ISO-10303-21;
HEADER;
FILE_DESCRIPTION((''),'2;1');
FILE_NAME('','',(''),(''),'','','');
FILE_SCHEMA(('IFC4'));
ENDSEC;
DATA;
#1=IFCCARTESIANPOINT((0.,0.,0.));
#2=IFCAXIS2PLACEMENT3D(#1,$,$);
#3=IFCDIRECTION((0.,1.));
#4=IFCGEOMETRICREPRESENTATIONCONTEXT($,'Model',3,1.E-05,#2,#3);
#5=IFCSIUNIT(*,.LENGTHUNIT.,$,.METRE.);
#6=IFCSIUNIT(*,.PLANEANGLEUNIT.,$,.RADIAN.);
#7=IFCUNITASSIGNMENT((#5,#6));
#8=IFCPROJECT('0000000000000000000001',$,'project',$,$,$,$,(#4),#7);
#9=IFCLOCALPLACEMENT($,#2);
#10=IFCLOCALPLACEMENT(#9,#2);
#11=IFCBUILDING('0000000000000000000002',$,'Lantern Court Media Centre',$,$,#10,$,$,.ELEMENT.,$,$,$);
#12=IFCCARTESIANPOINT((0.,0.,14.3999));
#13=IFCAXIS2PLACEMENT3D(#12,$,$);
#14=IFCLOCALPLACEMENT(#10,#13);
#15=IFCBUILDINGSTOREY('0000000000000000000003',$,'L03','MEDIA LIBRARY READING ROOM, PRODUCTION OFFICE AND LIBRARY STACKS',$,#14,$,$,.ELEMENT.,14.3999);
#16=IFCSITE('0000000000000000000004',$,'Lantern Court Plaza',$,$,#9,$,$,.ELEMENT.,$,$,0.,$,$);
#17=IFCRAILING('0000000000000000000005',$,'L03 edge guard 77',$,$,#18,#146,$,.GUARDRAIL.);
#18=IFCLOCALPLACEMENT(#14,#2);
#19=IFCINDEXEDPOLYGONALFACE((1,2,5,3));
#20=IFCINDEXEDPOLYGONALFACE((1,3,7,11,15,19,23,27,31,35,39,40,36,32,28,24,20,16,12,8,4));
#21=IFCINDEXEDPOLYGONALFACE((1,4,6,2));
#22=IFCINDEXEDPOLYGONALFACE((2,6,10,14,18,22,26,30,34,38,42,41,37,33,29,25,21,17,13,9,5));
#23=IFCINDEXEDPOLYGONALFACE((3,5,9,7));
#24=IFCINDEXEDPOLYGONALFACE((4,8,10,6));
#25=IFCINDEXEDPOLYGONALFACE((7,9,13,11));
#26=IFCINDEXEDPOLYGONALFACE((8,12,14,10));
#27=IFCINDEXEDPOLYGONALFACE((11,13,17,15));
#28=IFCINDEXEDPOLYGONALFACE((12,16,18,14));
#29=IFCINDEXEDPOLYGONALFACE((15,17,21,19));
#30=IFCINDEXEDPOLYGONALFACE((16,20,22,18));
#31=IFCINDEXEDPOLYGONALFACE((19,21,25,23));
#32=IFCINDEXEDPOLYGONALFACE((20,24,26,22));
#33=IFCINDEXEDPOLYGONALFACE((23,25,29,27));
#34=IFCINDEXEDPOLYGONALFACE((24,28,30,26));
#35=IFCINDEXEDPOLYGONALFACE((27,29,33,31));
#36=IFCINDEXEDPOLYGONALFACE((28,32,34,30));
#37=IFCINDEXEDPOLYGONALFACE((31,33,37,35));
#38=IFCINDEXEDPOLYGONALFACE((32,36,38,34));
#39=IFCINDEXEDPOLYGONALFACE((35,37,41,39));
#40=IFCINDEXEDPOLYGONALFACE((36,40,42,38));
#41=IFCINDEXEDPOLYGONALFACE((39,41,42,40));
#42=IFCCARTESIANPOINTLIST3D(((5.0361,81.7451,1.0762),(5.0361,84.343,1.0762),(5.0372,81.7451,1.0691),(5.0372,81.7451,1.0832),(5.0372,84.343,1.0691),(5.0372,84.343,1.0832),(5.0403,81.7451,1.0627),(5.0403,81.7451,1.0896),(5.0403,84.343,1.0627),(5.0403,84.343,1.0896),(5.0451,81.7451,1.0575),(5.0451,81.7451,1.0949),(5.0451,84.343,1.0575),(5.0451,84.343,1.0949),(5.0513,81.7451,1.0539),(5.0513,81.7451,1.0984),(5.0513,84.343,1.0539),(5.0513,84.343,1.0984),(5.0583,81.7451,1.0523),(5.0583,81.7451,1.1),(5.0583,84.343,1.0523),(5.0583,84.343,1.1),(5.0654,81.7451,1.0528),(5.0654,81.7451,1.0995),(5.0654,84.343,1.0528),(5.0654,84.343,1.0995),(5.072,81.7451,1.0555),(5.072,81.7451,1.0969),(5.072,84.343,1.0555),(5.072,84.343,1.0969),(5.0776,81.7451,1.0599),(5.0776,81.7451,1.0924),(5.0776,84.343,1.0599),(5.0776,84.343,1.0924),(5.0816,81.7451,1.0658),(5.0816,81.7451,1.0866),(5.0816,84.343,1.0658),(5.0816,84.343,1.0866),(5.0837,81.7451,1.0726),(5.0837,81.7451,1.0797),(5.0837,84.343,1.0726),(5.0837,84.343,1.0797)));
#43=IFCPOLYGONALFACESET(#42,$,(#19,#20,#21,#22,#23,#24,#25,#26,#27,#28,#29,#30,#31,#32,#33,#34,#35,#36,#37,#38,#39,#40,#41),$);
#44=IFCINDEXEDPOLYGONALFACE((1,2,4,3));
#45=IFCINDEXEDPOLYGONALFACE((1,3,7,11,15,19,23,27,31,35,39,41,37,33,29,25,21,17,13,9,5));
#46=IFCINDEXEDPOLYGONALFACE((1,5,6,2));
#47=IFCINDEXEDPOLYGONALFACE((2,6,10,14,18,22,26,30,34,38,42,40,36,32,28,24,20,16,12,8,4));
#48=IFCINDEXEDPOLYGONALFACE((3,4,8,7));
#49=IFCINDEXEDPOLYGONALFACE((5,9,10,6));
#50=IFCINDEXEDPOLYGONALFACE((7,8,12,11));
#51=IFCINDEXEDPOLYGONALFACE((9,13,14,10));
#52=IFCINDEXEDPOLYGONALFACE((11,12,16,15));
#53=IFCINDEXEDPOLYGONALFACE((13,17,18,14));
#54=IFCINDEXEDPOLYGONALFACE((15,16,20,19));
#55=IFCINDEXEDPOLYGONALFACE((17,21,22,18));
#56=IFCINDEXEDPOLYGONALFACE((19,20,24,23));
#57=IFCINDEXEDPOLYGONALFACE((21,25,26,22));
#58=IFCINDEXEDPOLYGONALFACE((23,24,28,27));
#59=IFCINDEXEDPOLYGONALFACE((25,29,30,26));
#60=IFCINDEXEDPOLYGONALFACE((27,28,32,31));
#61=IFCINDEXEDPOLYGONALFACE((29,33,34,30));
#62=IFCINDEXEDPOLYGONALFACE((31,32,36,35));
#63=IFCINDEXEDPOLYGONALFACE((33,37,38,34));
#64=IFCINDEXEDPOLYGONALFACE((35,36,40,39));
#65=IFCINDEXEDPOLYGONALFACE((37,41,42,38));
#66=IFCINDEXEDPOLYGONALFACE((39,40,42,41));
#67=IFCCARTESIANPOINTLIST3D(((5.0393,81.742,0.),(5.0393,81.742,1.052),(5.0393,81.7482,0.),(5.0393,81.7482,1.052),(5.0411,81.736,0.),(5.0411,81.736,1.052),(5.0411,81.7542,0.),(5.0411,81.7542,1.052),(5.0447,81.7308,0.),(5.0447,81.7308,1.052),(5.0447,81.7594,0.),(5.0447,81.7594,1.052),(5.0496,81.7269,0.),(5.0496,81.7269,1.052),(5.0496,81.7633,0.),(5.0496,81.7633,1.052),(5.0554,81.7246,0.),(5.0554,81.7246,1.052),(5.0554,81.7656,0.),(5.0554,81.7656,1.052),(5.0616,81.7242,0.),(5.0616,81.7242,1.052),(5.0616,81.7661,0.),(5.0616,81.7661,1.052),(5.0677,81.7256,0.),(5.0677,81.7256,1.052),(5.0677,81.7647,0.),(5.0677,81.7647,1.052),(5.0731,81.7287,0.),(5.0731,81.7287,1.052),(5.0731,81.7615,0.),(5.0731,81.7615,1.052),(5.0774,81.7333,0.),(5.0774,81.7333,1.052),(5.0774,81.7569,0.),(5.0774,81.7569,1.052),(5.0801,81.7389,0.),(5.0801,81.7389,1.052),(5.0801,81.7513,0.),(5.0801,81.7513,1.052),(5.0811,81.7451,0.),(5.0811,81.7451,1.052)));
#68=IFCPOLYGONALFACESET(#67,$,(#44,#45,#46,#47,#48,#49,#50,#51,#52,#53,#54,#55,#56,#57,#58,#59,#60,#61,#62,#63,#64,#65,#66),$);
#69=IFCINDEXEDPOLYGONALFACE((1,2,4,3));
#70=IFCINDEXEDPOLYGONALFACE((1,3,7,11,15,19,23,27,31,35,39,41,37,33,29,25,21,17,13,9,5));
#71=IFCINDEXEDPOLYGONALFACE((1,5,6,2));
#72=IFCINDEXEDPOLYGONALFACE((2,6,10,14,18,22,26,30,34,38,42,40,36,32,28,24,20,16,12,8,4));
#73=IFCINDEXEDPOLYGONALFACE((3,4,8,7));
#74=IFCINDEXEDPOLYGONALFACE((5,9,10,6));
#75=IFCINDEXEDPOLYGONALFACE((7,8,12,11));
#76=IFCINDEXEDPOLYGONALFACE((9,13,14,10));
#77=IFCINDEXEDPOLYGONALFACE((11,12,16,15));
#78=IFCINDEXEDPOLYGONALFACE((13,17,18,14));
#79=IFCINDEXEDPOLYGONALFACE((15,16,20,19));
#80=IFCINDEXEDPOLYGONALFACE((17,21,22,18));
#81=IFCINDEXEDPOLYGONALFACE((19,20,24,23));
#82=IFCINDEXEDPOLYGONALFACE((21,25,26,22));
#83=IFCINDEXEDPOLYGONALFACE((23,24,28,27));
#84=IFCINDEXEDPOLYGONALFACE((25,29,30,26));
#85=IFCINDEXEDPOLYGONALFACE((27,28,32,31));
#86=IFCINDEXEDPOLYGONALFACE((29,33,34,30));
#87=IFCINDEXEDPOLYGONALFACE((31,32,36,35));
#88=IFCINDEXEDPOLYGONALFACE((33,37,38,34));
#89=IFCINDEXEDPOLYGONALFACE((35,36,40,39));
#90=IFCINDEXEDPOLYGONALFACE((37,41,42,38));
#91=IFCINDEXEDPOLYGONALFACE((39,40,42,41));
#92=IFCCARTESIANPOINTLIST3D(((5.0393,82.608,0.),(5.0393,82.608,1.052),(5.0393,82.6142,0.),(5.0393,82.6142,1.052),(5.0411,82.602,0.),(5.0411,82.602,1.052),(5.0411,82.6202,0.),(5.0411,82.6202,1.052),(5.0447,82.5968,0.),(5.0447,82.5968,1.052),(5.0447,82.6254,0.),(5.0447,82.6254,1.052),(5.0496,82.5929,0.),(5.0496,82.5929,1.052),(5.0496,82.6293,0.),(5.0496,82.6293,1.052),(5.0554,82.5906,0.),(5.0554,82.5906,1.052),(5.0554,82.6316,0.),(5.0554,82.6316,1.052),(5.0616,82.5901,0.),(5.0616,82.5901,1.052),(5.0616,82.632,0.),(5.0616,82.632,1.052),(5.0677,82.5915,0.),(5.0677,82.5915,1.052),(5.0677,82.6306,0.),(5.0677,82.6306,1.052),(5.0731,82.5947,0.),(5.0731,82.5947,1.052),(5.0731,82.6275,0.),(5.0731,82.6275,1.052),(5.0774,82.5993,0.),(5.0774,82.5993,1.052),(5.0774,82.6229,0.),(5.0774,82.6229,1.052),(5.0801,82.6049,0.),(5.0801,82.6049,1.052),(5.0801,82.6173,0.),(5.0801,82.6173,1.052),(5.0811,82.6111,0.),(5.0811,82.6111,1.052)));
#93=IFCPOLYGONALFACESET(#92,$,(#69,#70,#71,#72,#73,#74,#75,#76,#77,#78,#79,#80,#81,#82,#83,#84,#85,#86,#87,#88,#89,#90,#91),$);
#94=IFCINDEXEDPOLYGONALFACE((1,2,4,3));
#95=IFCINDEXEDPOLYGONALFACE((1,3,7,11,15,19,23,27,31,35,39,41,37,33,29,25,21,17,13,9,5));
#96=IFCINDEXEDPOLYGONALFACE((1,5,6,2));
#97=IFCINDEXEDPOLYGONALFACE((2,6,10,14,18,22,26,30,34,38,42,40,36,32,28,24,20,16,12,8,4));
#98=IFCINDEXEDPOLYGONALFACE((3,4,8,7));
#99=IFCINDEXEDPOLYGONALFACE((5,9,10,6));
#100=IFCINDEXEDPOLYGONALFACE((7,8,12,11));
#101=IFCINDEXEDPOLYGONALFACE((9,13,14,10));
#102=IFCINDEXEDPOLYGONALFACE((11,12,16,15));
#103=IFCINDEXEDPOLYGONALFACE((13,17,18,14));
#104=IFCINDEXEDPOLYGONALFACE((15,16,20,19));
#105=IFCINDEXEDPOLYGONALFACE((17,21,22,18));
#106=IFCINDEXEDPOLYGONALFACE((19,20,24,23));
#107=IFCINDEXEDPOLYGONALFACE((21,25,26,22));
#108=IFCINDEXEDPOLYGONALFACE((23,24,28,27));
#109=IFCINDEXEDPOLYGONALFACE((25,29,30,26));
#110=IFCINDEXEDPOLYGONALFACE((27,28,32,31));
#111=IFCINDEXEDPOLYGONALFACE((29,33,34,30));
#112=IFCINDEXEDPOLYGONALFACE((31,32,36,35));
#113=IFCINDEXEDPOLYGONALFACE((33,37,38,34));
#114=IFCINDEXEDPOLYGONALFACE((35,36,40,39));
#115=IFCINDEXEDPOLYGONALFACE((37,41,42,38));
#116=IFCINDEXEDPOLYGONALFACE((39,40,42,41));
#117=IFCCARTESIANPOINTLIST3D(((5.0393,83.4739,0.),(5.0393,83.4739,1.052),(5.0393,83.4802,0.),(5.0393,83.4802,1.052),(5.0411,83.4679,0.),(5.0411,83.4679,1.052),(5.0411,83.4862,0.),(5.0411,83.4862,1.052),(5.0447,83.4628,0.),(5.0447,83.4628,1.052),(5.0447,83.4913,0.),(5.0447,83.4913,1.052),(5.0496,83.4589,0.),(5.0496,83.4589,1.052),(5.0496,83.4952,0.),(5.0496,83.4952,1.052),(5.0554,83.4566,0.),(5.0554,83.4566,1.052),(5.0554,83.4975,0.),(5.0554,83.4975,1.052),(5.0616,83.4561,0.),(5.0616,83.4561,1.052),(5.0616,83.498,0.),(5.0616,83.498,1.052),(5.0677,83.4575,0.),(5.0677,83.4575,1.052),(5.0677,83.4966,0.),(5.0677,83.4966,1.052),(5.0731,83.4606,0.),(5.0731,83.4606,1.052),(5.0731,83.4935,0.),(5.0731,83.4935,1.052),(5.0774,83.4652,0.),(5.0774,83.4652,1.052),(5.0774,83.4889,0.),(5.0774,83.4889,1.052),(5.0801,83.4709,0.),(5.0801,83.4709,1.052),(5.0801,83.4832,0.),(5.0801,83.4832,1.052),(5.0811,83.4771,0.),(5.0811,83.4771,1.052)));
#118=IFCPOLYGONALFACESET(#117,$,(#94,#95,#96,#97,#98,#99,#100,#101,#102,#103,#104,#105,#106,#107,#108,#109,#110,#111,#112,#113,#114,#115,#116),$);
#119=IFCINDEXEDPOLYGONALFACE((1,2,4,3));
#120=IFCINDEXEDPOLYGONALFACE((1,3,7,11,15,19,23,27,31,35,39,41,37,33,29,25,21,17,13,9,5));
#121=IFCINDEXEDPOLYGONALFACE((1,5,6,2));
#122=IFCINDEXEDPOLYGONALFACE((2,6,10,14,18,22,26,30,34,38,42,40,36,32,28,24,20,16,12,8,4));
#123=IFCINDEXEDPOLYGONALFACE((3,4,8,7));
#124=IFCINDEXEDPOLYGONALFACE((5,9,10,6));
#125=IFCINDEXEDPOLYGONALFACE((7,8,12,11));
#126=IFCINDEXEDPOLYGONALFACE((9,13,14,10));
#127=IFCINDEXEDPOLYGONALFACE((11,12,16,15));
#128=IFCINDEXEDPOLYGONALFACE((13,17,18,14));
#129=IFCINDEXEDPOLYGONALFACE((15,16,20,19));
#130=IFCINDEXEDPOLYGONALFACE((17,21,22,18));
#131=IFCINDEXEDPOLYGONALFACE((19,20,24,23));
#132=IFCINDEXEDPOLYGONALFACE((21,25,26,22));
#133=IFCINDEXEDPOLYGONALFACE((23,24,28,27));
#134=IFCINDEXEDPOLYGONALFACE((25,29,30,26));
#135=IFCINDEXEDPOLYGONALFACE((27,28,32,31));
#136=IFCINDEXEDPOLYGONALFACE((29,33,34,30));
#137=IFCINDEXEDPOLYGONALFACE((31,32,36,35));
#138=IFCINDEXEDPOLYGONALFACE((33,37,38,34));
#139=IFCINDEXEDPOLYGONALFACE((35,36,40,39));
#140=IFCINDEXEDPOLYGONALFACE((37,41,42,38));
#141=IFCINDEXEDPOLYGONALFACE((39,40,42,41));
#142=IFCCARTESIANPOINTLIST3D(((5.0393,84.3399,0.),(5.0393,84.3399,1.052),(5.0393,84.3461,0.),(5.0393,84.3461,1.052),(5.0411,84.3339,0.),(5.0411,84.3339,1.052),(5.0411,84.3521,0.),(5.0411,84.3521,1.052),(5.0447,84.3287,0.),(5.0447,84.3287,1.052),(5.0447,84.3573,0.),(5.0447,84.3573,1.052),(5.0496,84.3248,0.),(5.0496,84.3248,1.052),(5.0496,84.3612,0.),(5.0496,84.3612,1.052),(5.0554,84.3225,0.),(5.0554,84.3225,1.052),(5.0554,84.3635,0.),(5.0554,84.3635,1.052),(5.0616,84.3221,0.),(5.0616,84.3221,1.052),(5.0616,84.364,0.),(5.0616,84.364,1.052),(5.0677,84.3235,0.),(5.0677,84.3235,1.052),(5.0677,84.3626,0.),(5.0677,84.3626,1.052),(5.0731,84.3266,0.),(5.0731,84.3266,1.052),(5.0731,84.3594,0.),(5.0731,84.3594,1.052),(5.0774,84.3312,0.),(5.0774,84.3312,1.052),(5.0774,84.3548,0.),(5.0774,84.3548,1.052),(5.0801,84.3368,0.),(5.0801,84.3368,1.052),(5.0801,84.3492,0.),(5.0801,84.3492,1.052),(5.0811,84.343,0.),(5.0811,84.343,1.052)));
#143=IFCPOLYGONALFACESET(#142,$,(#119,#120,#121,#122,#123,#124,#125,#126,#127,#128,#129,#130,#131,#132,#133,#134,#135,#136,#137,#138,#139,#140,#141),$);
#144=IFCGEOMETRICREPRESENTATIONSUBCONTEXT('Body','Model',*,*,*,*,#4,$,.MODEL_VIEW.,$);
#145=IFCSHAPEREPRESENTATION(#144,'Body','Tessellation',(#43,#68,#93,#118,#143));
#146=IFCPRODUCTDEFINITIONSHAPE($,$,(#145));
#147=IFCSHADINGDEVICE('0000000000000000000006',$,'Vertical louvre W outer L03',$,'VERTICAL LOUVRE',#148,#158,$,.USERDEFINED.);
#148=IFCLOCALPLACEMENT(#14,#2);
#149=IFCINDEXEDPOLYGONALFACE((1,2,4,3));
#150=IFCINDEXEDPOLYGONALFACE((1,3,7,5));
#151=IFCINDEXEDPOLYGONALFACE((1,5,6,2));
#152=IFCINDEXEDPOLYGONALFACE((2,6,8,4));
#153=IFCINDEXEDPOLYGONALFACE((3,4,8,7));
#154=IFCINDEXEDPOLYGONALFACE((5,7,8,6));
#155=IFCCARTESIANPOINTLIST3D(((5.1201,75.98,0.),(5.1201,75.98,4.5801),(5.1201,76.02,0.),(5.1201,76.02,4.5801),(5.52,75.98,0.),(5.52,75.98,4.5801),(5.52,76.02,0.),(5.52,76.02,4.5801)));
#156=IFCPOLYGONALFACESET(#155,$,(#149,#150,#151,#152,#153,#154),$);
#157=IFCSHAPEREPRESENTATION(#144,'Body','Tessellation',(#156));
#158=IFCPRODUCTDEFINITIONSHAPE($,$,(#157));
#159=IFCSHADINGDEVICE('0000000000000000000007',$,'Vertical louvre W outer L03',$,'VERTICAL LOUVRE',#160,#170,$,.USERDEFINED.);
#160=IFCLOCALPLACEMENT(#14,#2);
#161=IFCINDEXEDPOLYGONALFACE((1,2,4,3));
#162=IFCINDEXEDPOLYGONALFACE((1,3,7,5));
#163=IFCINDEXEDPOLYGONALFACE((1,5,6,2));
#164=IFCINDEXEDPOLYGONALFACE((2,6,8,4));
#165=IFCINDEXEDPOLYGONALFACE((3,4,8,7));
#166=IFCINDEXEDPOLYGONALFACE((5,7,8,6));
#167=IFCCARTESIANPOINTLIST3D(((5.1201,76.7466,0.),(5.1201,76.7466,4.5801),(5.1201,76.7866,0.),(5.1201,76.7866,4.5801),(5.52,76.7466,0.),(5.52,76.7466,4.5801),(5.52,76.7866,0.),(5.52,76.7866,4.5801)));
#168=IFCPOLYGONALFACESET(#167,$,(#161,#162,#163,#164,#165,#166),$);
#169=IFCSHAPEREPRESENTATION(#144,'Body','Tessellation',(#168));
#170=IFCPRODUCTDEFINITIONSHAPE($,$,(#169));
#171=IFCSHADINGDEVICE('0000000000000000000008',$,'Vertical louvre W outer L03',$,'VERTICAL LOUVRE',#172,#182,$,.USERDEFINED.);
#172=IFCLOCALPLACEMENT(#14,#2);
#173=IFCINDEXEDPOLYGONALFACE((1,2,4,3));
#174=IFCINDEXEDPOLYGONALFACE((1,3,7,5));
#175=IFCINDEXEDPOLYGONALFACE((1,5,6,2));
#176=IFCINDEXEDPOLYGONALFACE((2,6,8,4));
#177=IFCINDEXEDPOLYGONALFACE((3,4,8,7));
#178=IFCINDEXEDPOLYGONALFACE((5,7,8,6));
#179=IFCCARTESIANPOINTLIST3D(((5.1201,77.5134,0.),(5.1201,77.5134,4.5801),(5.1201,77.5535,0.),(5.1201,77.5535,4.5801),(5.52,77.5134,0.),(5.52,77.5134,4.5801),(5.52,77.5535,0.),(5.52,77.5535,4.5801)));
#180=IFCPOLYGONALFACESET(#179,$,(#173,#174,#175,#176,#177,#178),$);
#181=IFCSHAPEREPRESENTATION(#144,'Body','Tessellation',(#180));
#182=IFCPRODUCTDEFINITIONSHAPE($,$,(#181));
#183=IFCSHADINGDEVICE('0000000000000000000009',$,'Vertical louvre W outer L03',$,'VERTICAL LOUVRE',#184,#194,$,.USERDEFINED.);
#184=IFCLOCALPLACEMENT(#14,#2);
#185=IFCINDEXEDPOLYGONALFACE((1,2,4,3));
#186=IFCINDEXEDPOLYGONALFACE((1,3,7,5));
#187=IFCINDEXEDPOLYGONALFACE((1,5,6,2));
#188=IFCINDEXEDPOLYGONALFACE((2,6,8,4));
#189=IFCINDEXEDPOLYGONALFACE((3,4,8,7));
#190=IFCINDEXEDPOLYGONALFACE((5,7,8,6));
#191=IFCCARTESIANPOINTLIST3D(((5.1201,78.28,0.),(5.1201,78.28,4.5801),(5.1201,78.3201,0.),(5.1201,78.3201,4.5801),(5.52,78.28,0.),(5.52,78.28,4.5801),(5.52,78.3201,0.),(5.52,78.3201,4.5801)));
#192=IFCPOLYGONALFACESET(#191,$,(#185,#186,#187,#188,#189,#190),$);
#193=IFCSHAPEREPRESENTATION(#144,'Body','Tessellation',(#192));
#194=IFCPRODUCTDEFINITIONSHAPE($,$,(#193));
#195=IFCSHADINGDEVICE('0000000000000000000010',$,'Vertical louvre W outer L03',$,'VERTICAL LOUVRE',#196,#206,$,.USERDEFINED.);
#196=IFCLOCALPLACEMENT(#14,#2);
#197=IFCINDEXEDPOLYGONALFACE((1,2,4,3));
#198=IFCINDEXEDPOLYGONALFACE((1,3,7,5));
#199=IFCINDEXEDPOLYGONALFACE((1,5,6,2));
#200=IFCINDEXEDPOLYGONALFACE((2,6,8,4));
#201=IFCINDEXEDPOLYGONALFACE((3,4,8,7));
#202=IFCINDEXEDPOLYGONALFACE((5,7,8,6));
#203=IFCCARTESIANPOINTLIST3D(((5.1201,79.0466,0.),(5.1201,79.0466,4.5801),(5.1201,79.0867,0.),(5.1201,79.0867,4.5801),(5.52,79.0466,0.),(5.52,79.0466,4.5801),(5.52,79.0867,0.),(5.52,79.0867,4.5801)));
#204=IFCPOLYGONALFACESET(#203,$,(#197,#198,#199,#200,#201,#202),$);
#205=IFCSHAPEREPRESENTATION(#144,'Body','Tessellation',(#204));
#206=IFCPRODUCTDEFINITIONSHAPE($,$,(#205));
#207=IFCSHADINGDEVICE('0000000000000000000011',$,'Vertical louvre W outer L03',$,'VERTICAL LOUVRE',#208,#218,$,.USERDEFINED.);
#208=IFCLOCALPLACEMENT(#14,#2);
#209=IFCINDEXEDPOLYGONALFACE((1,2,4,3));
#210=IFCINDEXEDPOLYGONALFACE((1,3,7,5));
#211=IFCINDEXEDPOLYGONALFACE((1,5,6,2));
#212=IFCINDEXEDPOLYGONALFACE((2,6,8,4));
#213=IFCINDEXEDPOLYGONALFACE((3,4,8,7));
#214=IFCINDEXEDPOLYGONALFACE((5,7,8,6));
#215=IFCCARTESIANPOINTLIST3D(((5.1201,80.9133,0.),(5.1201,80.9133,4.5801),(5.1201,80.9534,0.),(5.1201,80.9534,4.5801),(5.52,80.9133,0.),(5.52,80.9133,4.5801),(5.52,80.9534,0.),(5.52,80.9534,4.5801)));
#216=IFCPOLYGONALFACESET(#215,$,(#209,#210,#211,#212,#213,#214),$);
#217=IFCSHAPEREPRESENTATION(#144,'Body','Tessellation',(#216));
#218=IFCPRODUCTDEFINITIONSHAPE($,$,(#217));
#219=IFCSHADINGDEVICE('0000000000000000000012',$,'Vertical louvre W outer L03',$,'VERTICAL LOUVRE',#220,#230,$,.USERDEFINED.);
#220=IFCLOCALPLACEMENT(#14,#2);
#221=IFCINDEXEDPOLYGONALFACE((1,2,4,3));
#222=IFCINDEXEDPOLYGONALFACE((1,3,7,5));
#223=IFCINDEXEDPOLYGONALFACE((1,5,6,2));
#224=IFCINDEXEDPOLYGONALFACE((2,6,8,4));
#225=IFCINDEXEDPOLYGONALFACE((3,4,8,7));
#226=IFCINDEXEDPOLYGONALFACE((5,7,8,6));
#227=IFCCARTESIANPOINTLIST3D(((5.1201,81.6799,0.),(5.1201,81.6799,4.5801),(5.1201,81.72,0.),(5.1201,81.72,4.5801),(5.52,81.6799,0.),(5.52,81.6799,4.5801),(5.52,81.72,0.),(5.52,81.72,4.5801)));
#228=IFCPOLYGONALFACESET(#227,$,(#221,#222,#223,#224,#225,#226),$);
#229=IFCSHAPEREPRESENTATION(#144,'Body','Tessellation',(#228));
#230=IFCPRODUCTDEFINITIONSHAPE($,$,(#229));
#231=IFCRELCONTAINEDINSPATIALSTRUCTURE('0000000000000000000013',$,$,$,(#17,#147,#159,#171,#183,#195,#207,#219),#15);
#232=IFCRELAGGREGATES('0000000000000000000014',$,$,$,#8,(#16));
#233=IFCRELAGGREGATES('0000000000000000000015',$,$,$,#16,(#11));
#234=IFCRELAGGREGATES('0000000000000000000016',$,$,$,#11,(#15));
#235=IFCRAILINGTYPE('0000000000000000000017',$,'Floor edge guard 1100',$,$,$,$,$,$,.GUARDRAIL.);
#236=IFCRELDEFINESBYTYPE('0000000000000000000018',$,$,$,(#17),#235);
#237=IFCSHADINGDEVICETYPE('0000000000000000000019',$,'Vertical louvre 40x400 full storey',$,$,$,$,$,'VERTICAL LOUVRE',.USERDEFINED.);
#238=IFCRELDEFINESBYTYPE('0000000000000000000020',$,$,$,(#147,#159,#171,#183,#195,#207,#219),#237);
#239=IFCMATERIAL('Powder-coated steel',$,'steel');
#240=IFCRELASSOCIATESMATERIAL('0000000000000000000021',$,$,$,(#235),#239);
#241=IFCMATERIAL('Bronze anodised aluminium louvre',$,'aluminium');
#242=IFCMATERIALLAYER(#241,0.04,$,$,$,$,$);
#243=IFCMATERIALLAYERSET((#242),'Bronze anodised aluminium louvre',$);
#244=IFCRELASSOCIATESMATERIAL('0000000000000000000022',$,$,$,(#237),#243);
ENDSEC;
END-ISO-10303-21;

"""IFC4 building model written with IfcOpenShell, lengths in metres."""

from ifc_helpers import new_model, si_unit, direction, frame, origin, origin_2d, place, context, subcontext, project, spatial, rectangle, circle, extrude, material, layer, layer_set, type_object, element, save


model = new_model("IFC4")

# Units and contexts
model_context = context("Model", 3, precision=1e-05, world=origin(), true_north=direction((0.0, 1.0)))
body_context = subcontext(model_context, "Body", "Model", "MODEL_VIEW")
ifc_project = project(units=[si_unit("LENGTHUNIT", "METRE"), si_unit("PLANEANGLEUNIT", "RADIAN")], contexts=[model_context])

# Site, building, storey
site_placement = place(None, origin())
site = spatial("IfcSite", under=ifc_project, at=site_placement, Name="Lantern Court Plaza", CompositionType="ELEMENT", RefElevation=0.0)
building_placement = place(site_placement, origin())
building = spatial("IfcBuilding", under=site, at=building_placement, Name="Lantern Court Media Centre", CompositionType="ELEMENT")
storey_placement = place(building_placement, frame((0.0, 0.0, 14.3999)))
storey = spatial("IfcBuildingStorey", under=building, at=storey_placement, Name="L03", Description="MEDIA LIBRARY READING ROOM, PRODUCTION OFFICE AND LIBRARY STACKS", CompositionType="ELEMENT", Elevation=14.3999)

# Railing
ifc_material_1 = material(Name="Powder-coated steel", Category="steel")
railing_type = type_object("IfcRailingType", Name="Floor edge guard 1100", PredefinedType="GUARDRAIL", material=ifc_material_1)
railing_1_placement = place(storey_placement, frame((5.0601, 81.7451, 0.0)))
element("IfcRailing", 1, at=railing_1_placement, inside=storey, type_object=railing_type, Name="L03 edge guard 77", PredefinedType="GUARDRAIL", context=body_context, shape_type="SweptSolid", body=[
    extrude(circle(Radius=0.0239, at=origin_2d()), frame((0.0, 0.0, 1.0762), z_axis=(0.0, 1.0, 0.0), x_axis=(-1.0, 0.0, 0.0)), (0.0, 0.0, 1.0), 2.5979),
    extrude(circle(Radius=0.021, at=origin_2d()), origin(), (0.0, 0.0, 1.0), 1.052),
    extrude(circle(Radius=0.021, at=origin_2d()), frame((0.0, 0.866, 0.0)), (0.0, 0.0, 1.0), 1.052),
    extrude(circle(Radius=0.021, at=origin_2d()), frame((0.0, 1.7319, 0.0)), (0.0, 0.0, 1.0), 1.052),
    extrude(circle(Radius=0.021, at=origin_2d()), frame((0.0, 2.5979, 0.0)), (0.0, 0.0, 1.0), 1.052),
])

# Shading devices
ifc_material_2 = material(Name="Bronze anodised aluminium louvre", Category="aluminium")
ifc_layer_1 = layer(ifc_material_2, 0.04)
ifc_layer_set_1 = layer_set([ifc_layer_1], Name="Bronze anodised aluminium louvre")
shading_device_type = type_object("IfcShadingDeviceType", Name="Vertical louvre 40x400 full storey", ElementType="VERTICAL LOUVRE", PredefinedType="USERDEFINED", material=ifc_layer_set_1)
for number, where, z_axis, x_axis, name in (
    (2, (5.3201, 76.0, 0.0), (0.0, 0.0, 1.0), (1.0, 0.0, 0.0), "Vertical louvre W outer L03"),
    (3, (5.3201, 76.7666, 0.0), (0.0, 0.0, 1.0), (1.0, 0.0, 0.0), "Vertical louvre W outer L03"),
    (4, (5.3201, 77.5334, 0.0), (0.0, 0.0, 1.0), (1.0, 0.0, 0.0), "Vertical louvre W outer L03"),
    (5, (5.3201, 78.3, 0.0), (0.0, 0.0, 1.0), (1.0, 0.0, 0.0), "Vertical louvre W outer L03"),
    (6, (5.3201, 79.0667, 0.0), (0.0, 0.0, 1.0), (1.0, 0.0, 0.0), "Vertical louvre W outer L03"),
    (7, (5.3201, 80.9333, 0.0), (0.0, 0.0, 1.0), (1.0, 0.0, 0.0), "Vertical louvre W outer L03"),
    (8, (5.3201, 81.7, 0.0), (0.0, 0.0, 1.0), (1.0, 0.0, 0.0), "Vertical louvre W outer L03"),
):
    element("IfcShadingDevice", number, at=place(storey_placement, frame(where, z_axis=z_axis, x_axis=x_axis)), inside=storey, type_object=shading_device_type, Name=name, ObjectType="VERTICAL LOUVRE", PredefinedType="USERDEFINED", context=body_context, shape_type="SweptSolid", body=[
        extrude(rectangle(XDim=0.3999, YDim=0.04, at=origin_2d()), origin(), (0.0, 0.0, 1.0), 4.5801),
    ])

save(model, "model.ifc")
